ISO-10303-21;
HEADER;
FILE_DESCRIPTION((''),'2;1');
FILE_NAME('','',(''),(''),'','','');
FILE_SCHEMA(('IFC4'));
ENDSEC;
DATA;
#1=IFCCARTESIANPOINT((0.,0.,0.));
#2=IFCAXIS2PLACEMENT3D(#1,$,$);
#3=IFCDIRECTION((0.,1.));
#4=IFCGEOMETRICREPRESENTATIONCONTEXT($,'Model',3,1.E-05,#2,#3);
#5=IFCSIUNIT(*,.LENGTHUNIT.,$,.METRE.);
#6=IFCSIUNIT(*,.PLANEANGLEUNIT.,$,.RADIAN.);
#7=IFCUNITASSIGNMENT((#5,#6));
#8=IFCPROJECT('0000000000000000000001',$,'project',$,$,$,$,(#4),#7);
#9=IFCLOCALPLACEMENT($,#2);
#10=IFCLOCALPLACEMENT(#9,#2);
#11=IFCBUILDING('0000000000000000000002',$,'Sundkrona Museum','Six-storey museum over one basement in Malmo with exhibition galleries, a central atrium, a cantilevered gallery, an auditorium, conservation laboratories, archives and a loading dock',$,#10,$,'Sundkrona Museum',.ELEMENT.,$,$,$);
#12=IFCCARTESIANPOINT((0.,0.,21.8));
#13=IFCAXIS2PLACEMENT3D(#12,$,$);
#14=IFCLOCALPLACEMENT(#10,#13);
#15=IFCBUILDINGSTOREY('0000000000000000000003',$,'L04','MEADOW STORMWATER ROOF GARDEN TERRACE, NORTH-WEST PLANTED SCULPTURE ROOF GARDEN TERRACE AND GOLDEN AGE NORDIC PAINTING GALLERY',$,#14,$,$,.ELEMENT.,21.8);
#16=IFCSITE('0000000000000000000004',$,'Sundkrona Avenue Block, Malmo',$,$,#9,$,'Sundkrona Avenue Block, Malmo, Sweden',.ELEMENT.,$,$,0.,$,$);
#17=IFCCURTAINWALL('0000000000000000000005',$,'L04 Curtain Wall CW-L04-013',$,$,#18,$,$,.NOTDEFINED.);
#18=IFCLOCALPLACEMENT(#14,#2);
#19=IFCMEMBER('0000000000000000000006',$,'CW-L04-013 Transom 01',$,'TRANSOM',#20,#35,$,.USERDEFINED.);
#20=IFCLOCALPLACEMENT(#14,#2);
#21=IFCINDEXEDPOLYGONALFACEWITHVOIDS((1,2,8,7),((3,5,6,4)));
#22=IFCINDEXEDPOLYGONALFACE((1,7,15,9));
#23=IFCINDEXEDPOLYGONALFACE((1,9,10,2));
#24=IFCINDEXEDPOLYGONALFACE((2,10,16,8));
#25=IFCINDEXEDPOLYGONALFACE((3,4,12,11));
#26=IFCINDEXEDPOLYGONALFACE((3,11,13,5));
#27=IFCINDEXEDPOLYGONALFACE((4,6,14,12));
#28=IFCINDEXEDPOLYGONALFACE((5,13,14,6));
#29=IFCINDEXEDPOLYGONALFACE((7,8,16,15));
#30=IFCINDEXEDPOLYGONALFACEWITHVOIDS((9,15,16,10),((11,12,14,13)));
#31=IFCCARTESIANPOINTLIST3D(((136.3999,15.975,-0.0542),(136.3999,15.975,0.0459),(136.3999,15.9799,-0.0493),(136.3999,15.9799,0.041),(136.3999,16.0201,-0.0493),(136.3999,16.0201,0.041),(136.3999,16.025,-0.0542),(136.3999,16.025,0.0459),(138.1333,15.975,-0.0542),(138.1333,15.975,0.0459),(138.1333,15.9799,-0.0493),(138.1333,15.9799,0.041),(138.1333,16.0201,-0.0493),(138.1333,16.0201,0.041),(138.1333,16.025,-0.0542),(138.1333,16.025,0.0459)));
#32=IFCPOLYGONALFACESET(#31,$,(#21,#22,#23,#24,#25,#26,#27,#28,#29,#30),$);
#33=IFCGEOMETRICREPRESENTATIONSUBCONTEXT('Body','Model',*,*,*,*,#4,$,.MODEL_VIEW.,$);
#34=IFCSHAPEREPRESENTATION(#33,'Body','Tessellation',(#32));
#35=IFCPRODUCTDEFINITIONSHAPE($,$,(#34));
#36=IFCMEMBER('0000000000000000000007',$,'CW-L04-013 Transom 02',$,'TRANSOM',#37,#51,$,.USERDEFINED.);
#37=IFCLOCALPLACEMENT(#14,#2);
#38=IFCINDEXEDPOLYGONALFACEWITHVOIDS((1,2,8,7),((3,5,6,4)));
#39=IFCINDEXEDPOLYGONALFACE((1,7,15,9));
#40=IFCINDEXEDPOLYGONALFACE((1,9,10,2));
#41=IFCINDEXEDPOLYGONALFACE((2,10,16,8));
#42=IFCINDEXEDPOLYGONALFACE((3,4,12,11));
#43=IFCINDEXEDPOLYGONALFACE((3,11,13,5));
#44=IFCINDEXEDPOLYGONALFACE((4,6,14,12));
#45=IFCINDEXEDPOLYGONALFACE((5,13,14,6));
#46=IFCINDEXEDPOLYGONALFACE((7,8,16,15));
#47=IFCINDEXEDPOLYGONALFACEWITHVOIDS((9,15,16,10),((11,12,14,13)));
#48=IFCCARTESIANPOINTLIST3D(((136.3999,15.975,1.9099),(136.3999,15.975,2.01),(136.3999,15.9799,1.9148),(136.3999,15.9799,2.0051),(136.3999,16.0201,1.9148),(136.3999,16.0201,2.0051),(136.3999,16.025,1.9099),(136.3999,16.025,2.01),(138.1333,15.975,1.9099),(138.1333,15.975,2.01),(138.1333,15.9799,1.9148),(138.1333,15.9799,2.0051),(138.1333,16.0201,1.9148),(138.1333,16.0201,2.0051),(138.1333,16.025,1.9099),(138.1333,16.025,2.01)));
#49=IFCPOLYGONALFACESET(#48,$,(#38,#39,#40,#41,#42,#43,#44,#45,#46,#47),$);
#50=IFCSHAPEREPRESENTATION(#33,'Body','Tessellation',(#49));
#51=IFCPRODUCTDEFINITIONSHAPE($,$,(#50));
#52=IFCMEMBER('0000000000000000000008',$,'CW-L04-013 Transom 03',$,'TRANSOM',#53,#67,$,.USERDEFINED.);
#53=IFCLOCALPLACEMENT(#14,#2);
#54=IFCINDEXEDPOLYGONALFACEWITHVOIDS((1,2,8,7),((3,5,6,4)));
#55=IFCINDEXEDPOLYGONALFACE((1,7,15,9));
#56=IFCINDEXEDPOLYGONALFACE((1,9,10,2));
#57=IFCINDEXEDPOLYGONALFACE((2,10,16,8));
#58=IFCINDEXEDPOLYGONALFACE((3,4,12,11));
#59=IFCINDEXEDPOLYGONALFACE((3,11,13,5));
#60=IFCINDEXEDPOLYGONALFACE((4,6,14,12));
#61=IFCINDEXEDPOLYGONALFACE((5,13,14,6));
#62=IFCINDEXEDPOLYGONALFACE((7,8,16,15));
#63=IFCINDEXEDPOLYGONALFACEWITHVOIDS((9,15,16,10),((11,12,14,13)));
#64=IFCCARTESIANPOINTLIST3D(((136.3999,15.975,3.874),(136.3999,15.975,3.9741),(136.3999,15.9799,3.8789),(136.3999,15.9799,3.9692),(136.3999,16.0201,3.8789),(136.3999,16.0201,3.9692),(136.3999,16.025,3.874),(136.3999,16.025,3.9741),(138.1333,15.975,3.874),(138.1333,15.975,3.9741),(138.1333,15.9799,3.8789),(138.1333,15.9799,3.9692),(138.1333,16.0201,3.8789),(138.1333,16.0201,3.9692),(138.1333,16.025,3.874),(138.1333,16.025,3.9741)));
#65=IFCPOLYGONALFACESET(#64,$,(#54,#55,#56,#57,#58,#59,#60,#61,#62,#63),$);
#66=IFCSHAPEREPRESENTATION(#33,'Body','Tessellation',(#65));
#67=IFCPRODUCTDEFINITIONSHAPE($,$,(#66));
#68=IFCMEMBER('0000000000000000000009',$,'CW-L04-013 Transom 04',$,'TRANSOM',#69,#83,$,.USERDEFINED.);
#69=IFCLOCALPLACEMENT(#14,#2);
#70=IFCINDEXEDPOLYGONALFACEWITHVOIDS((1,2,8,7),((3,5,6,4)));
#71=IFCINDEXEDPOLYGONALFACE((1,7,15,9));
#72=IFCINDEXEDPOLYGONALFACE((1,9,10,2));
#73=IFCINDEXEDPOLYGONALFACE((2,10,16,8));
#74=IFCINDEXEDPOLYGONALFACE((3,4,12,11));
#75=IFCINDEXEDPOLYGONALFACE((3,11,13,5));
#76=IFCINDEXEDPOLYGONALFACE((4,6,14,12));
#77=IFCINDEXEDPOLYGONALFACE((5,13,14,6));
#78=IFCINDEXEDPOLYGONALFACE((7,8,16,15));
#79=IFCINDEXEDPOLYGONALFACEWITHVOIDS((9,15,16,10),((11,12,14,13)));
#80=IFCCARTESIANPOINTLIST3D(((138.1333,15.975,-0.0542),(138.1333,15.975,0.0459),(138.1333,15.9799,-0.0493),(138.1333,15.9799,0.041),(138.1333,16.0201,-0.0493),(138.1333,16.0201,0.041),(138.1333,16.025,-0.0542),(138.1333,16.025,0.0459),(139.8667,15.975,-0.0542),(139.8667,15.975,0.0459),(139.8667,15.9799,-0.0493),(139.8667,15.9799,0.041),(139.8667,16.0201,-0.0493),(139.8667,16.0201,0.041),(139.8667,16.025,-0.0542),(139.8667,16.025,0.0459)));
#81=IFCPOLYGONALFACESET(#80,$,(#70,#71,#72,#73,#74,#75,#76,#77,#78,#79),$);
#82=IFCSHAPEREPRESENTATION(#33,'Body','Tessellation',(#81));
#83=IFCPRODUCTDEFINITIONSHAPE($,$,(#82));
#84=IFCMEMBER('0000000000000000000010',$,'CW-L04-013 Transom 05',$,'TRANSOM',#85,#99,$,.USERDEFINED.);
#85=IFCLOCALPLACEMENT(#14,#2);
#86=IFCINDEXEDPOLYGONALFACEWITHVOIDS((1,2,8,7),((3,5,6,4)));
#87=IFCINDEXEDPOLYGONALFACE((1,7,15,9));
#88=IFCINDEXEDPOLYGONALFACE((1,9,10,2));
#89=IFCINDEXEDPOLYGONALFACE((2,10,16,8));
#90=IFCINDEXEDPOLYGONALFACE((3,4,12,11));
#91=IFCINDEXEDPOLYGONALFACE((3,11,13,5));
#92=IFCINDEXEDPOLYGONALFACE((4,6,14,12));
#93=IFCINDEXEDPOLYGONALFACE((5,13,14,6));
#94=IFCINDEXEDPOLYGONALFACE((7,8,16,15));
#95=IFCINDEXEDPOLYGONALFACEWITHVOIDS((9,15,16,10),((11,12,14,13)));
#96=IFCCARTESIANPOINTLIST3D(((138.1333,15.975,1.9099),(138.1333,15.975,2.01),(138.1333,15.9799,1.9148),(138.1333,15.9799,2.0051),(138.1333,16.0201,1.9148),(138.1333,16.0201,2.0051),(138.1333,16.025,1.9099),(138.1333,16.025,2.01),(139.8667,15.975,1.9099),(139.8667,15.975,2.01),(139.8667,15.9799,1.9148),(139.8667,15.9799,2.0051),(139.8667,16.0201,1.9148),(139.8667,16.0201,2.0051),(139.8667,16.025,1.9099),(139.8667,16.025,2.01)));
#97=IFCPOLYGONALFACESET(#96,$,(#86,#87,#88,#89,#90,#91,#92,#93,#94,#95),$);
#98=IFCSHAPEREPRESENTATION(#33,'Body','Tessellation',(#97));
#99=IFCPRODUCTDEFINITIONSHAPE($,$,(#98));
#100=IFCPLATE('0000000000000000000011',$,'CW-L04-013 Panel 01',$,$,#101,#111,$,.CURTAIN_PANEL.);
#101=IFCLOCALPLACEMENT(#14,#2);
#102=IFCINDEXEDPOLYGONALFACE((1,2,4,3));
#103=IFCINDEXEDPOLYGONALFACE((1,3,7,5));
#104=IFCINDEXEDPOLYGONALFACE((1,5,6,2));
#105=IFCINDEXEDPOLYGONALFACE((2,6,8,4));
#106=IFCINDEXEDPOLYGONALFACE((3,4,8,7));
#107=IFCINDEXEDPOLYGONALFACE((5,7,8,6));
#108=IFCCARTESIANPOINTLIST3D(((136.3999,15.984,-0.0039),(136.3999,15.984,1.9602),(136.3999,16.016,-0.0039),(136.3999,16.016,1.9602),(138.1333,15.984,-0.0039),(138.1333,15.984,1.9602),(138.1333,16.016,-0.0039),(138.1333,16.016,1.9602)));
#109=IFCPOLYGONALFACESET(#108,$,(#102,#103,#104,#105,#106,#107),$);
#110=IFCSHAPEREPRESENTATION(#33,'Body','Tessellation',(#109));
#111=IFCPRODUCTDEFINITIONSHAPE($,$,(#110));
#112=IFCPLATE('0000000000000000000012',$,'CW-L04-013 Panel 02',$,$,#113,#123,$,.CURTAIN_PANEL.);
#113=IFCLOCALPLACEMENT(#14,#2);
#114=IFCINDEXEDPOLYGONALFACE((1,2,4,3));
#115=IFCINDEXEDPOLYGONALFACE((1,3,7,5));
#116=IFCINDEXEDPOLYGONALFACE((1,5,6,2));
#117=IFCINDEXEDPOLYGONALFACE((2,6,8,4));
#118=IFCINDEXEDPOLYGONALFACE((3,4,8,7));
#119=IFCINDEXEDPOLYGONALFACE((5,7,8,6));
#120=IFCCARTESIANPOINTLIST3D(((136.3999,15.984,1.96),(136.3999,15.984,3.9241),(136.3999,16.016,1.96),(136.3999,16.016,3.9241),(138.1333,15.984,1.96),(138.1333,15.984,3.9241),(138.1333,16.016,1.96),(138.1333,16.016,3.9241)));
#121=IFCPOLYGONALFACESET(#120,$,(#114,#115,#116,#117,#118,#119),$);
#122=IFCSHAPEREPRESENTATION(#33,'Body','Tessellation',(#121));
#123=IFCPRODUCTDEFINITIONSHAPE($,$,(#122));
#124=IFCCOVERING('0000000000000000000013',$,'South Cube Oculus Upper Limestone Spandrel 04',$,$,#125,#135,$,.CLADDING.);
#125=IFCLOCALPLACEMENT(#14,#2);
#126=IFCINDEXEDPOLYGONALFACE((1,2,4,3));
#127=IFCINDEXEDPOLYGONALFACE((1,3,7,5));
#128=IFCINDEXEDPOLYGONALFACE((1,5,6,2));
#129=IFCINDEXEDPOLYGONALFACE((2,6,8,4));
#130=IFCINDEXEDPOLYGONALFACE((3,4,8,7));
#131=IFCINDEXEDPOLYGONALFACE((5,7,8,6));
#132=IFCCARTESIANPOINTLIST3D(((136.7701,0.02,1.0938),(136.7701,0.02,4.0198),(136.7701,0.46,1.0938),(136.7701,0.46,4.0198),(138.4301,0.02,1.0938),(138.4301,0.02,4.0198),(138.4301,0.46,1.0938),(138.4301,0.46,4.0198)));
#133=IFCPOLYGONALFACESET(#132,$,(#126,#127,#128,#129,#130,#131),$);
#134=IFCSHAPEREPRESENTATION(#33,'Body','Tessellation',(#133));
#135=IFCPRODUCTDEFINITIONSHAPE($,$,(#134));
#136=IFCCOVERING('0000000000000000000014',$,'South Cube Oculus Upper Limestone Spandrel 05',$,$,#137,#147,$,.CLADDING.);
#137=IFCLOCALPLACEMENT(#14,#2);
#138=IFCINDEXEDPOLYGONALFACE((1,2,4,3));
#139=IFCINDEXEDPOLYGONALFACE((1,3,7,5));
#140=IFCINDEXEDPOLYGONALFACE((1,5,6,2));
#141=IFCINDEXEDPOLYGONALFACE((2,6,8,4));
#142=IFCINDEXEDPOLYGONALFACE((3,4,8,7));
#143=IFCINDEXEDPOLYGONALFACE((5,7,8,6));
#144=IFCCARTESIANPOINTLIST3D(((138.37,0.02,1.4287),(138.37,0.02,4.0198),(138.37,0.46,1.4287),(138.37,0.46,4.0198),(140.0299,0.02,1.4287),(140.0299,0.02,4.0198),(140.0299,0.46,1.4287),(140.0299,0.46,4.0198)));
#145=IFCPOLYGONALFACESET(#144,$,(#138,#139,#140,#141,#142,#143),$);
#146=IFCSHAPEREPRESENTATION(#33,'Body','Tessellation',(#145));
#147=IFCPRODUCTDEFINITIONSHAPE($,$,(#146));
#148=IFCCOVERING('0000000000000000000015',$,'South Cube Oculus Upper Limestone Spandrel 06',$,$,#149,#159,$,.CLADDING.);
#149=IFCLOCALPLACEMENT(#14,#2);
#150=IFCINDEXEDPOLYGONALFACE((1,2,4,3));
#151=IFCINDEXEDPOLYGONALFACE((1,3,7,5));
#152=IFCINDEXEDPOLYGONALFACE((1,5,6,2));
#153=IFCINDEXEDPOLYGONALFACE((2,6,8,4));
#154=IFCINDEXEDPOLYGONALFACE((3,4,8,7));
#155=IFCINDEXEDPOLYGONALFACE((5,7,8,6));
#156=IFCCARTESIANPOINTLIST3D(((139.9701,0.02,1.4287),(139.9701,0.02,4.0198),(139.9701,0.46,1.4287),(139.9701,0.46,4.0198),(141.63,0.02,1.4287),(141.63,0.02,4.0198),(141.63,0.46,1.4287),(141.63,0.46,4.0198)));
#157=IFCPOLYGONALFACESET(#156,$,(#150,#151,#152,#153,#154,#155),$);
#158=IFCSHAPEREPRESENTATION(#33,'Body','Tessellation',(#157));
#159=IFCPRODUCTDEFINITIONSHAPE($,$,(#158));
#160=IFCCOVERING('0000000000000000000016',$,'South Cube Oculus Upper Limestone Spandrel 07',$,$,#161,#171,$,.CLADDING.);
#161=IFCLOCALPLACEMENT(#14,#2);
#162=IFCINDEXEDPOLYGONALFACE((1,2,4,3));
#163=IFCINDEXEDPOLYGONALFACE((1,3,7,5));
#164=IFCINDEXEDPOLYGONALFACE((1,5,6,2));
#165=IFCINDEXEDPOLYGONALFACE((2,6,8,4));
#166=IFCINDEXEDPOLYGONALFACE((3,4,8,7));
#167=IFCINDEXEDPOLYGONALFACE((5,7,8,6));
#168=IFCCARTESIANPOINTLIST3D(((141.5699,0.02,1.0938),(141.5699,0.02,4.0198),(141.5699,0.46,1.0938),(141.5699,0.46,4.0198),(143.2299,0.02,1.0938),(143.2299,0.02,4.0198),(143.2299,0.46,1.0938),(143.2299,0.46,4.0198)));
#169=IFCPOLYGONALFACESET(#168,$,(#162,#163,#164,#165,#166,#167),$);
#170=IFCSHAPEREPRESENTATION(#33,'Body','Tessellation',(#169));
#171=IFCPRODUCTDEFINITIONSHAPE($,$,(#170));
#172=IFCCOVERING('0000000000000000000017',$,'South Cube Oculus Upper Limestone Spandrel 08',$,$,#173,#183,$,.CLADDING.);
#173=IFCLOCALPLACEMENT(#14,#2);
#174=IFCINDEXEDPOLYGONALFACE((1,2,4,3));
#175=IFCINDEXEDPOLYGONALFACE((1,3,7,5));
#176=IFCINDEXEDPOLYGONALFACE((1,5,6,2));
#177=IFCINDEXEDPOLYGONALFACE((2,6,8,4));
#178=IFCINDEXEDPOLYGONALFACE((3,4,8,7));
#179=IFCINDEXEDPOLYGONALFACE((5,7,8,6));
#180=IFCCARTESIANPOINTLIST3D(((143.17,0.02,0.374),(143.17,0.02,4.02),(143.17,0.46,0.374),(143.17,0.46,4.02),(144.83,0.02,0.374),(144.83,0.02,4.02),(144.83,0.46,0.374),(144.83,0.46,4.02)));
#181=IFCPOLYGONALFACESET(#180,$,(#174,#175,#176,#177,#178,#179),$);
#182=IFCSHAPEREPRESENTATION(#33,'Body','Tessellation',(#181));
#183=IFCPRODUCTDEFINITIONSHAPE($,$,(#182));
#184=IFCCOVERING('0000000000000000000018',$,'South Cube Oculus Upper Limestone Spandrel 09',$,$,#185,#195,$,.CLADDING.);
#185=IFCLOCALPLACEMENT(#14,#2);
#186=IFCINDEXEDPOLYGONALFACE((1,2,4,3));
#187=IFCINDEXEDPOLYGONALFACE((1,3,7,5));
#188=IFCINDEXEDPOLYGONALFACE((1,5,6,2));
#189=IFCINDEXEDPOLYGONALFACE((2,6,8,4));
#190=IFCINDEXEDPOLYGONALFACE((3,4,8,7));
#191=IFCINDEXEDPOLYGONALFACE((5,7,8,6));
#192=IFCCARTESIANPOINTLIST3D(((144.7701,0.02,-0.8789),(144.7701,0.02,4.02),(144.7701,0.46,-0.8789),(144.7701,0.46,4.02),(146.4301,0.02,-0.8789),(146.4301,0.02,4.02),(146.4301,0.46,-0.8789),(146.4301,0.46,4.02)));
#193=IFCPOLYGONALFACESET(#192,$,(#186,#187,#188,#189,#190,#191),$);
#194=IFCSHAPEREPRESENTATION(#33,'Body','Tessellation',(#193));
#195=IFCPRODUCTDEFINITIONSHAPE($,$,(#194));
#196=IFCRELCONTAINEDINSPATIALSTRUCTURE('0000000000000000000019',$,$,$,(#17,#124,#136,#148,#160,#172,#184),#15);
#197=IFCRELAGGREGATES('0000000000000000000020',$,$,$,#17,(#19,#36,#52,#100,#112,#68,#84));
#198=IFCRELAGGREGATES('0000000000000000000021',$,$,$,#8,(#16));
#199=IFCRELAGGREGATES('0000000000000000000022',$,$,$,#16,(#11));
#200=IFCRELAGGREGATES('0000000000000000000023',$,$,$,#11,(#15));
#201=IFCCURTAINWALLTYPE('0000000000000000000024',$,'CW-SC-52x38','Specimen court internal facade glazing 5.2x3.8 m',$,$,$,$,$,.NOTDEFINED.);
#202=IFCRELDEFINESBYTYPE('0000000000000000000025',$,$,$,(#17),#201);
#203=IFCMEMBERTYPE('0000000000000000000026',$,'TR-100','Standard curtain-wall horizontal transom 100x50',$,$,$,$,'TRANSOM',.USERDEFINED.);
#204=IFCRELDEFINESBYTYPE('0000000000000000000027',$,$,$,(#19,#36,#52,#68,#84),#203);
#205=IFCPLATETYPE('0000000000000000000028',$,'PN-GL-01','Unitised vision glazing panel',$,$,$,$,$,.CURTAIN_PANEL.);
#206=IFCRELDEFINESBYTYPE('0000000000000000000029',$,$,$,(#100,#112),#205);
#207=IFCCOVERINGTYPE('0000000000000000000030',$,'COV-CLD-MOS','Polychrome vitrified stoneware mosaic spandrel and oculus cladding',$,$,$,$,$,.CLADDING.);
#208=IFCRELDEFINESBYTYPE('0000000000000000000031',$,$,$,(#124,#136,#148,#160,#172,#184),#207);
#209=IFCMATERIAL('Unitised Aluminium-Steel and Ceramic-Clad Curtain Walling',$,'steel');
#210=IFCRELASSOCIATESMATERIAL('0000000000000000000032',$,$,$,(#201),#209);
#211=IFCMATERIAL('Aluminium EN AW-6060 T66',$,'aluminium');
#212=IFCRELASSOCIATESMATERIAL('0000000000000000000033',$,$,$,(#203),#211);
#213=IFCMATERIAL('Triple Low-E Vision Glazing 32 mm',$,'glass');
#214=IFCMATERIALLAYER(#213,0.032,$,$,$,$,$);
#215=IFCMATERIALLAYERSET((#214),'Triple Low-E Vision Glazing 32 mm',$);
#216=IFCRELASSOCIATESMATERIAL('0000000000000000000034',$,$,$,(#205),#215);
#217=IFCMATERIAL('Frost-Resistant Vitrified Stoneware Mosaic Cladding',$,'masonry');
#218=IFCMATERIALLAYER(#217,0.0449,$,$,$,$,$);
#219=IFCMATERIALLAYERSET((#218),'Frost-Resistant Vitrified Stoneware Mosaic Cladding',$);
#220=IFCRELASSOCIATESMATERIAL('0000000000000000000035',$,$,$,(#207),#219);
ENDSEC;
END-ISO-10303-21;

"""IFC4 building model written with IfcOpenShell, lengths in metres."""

from ifc_helpers import new_model, si_unit, direction, frame, origin, origin_2d, place, context, subcontext, project, spatial, rectangle, hollow_rectangle, extrude, material, layer, layer_set, material_profile, profile_set, type_object, element, aggregate, save


model = new_model("IFC4")

# Units and contexts
model_context = context("Model", 3, precision=1e-05, world=origin(), true_north=direction((0.0, 1.0)))
body_context = subcontext(model_context, "Body", "Model", "MODEL_VIEW")
ifc_project = project(units=[si_unit("LENGTHUNIT", "METRE"), si_unit("PLANEANGLEUNIT", "RADIAN")], contexts=[model_context])

# Site, building, storey
site_placement = place(None, origin())
site = spatial("IfcSite", under=ifc_project, at=site_placement, Name="Sundkrona Avenue Block, Malmo", LongName="Sundkrona Avenue Block, Malmo, Sweden", CompositionType="ELEMENT", RefElevation=0.0)
building_placement = place(site_placement, origin())
building = spatial("IfcBuilding", under=site, at=building_placement, Name="Sundkrona Museum", Description="Six-storey museum over one basement in Malmo with exhibition galleries, a central atrium, a cantilevered gallery, an auditorium, conservation laboratories, archives and a loading dock", LongName="Sundkrona Museum", CompositionType="ELEMENT")
storey_placement = place(building_placement, frame((0.0, 0.0, 21.8)))
storey = spatial("IfcBuildingStorey", under=building, at=storey_placement, Name="L04", Description="MEADOW STORMWATER ROOF GARDEN TERRACE, NORTH-WEST PLANTED SCULPTURE ROOF GARDEN TERRACE AND GOLDEN AGE NORDIC PAINTING GALLERY", CompositionType="ELEMENT", Elevation=21.8)

# Curtain wall
ifc_material_1 = material(Name="Unitised Aluminium-Steel and Ceramic-Clad Curtain Walling", Category="steel")
curtain_wall_type = type_object("IfcCurtainWallType", Name="CW-SC-52x38", Description="Specimen court internal facade glazing 5.2x3.8 m", PredefinedType="NOTDEFINED", material=ifc_material_1)
curtain_wall_placement = place(storey_placement, origin())
curtain_wall = element("IfcCurtainWall", 1, at=curtain_wall_placement, inside=storey, type_object=curtain_wall_type, Name="L04 Curtain Wall CW-L04-013", PredefinedType="NOTDEFINED")
ifc_material_2 = material(Name="Aluminium EN AW-6060 T66", Category="aluminium")

# Members
ifc_material_profile_1 = material_profile(ifc_material_2, hollow_rectangle(XDim=0.05, YDim=0.1001, WallThickness=0.0049, at=origin_2d()), Name="RHS 100x50x5.0")
ifc_profile_set_1 = profile_set([ifc_material_profile_1], Name="Aluminium EN AW-6060 T66")
member_type_1 = type_object("IfcMemberType", Name="TR-100", Description="Standard curtain-wall horizontal transom 100x50", ElementType="TRANSOM", PredefinedType="USERDEFINED", material=ifc_profile_set_1)
member_1_placement = place(storey_placement, frame((136.3999, 16.0, -0.0042), z_axis=(1.0, 0.0, 0.0), x_axis=(0.0, 1.0, 0.0)))
member_1 = element("IfcMember", 2, at=member_1_placement, type_object=member_type_1, Name="CW-L04-013 Transom 01", ObjectType="TRANSOM", PredefinedType="USERDEFINED", context=body_context, shape_type="SweptSolid", body=[
    extrude(hollow_rectangle(XDim=0.05, YDim=0.1001, WallThickness=0.0049, at=origin_2d()), origin(), (0.0, 0.0, 1.0), 1.7334),
])
member_2_placement = place(storey_placement, frame((136.3999, 16.0, 1.96), z_axis=(1.0, 0.0, 0.0), x_axis=(0.0, 1.0, 0.0)))
member_2 = element("IfcMember", 3, at=member_2_placement, type_object=member_type_1, Name="CW-L04-013 Transom 02", ObjectType="TRANSOM", PredefinedType="USERDEFINED", context=body_context, shape_type="SweptSolid", body=[
    extrude(hollow_rectangle(XDim=0.05, YDim=0.1001, WallThickness=0.0049, at=origin_2d()), origin(), (0.0, 0.0, 1.0), 1.7334),
])
member_3_placement = place(storey_placement, frame((136.3999, 16.0, 3.9241), z_axis=(1.0, 0.0, 0.0), x_axis=(0.0, 1.0, 0.0)))
member_3 = element("IfcMember", 4, at=member_3_placement, type_object=member_type_1, Name="CW-L04-013 Transom 03", ObjectType="TRANSOM", PredefinedType="USERDEFINED", context=body_context, shape_type="SweptSolid", body=[
    extrude(hollow_rectangle(XDim=0.05, YDim=0.1001, WallThickness=0.0049, at=origin_2d()), origin(), (0.0, 0.0, 1.0), 1.7334),
])
member_4_placement = place(storey_placement, frame((138.1333, 16.0, -0.0042), z_axis=(1.0, 0.0, 0.0), x_axis=(0.0, 1.0, 0.0)))
member_4 = element("IfcMember", 5, at=member_4_placement, type_object=member_type_1, Name="CW-L04-013 Transom 04", ObjectType="TRANSOM", PredefinedType="USERDEFINED", context=body_context, shape_type="SweptSolid", body=[
    extrude(hollow_rectangle(XDim=0.05, YDim=0.1001, WallThickness=0.0049, at=origin_2d()), origin(), (0.0, 0.0, 1.0), 1.7334),
])
member_5_placement = place(storey_placement, frame((138.1333, 16.0, 1.96), z_axis=(1.0, 0.0, 0.0), x_axis=(0.0, 1.0, 0.0)))
member_5 = element("IfcMember", 6, at=member_5_placement, type_object=member_type_1, Name="CW-L04-013 Transom 05", ObjectType="TRANSOM", PredefinedType="USERDEFINED", context=body_context, shape_type="SweptSolid", body=[
    extrude(hollow_rectangle(XDim=0.05, YDim=0.1001, WallThickness=0.0049, at=origin_2d()), origin(), (0.0, 0.0, 1.0), 1.7334),
])

# Plates
ifc_material_3 = material(Name="Triple Low-E Vision Glazing 32 mm", Category="glass")
ifc_layer_1 = layer(ifc_material_3, 0.032)
ifc_layer_set_1 = layer_set([ifc_layer_1], Name="Triple Low-E Vision Glazing 32 mm")
plate_type = type_object("IfcPlateType", Name="PN-GL-01", Description="Unitised vision glazing panel", PredefinedType="CURTAIN_PANEL", material=ifc_layer_set_1)
plate_1_placement = place(storey_placement, frame((137.2666, 16.0, -0.0039), z_axis=(0.0, 0.0, 1.0), x_axis=(1.0, 0.0, 0.0)))
plate_1 = element("IfcPlate", 7, at=plate_1_placement, type_object=plate_type, Name="CW-L04-013 Panel 01", PredefinedType="CURTAIN_PANEL", context=body_context, shape_type="SweptSolid", body=[
    extrude(rectangle(XDim=1.7334, YDim=0.032, at=origin_2d()), origin(), (0.0, 0.0, 1.0), 1.9641),
])
plate_2_placement = place(storey_placement, frame((137.2666, 16.0, 1.96), z_axis=(0.0, 0.0, 1.0), x_axis=(1.0, 0.0, 0.0)))
plate_2 = element("IfcPlate", 8, at=plate_2_placement, type_object=plate_type, Name="CW-L04-013 Panel 02", PredefinedType="CURTAIN_PANEL", context=body_context, shape_type="SweptSolid", body=[
    extrude(rectangle(XDim=1.7334, YDim=0.032, at=origin_2d()), origin(), (0.0, 0.0, 1.0), 1.9641),
])
aggregate(curtain_wall, [member_1, member_2, member_3, plate_1, plate_2, member_4, member_5])

# Coverings
ifc_material_4 = material(Name="Frost-Resistant Vitrified Stoneware Mosaic Cladding", Category="masonry")
ifc_layer_2 = layer(ifc_material_4, 0.0449)
ifc_layer_set_2 = layer_set([ifc_layer_2], Name="Frost-Resistant Vitrified Stoneware Mosaic Cladding")
covering_type = type_object("IfcCoveringType", Name="COV-CLD-MOS", Description="Polychrome vitrified stoneware mosaic spandrel and oculus cladding", PredefinedType="CLADDING", material=ifc_layer_set_2)
covering_1_placement = place(storey_placement, frame((137.6001, 0.24, 1.0938), z_axis=(0.0, 0.0, 1.0), x_axis=(1.0, 0.0, 0.0)))
element("IfcCovering", 9, at=covering_1_placement, inside=storey, type_object=covering_type, Name="South Cube Oculus Upper Limestone Spandrel 04", PredefinedType="CLADDING", context=body_context, shape_type="SweptSolid", body=[
    extrude(rectangle(XDim=1.6599, YDim=0.4399, at=origin_2d()), origin(), (0.0, 0.0, 1.0), 2.926),
])
for number, where, z_axis, x_axis, name in (
    (10, (139.2, 0.24, 1.4287), (0.0, 0.0, 1.0), (1.0, 0.0, 0.0), "South Cube Oculus Upper Limestone Spandrel 05"),
    (11, (140.8, 0.24, 1.4287), (0.0, 0.0, 1.0), (1.0, 0.0, 0.0), "South Cube Oculus Upper Limestone Spandrel 06"),
):
    element("IfcCovering", number, at=place(storey_placement, frame(where, z_axis=z_axis, x_axis=x_axis)), inside=storey, type_object=covering_type, Name=name, PredefinedType="CLADDING", context=body_context, shape_type="SweptSolid", body=[
        extrude(rectangle(XDim=1.6599, YDim=0.4399, at=origin_2d()), origin(), (0.0, 0.0, 1.0), 2.5911),
    ])
covering_2_placement = place(storey_placement, frame((142.3999, 0.24, 1.0938), z_axis=(0.0, 0.0, 1.0), x_axis=(1.0, 0.0, 0.0)))
element("IfcCovering", 12, at=covering_2_placement, inside=storey, type_object=covering_type, Name="South Cube Oculus Upper Limestone Spandrel 07", PredefinedType="CLADDING", context=body_context, shape_type="SweptSolid", body=[
    extrude(rectangle(XDim=1.6599, YDim=0.4399, at=origin_2d()), origin(), (0.0, 0.0, 1.0), 2.926),
])
covering_3_placement = place(storey_placement, frame((144.0, 0.24, 0.374), z_axis=(0.0, 0.0, 1.0), x_axis=(1.0, 0.0, 0.0)))
element("IfcCovering", 13, at=covering_3_placement, inside=storey, type_object=covering_type, Name="South Cube Oculus Upper Limestone Spandrel 08", PredefinedType="CLADDING", context=body_context, shape_type="SweptSolid", body=[
    extrude(rectangle(XDim=1.6599, YDim=0.4399, at=origin_2d()), origin(), (0.0, 0.0, 1.0), 3.646),
])
covering_4_placement = place(storey_placement, frame((145.6001, 0.24, -0.8789), z_axis=(0.0, 0.0, 1.0), x_axis=(1.0, 0.0, 0.0)))
element("IfcCovering", 14, at=covering_4_placement, inside=storey, type_object=covering_type, Name="South Cube Oculus Upper Limestone Spandrel 09", PredefinedType="CLADDING", context=body_context, shape_type="SweptSolid", body=[
    extrude(rectangle(XDim=1.6599, YDim=0.4399, at=origin_2d()), origin(), (0.0, 0.0, 1.0), 4.8989),
])

save(model, "model.ifc")
